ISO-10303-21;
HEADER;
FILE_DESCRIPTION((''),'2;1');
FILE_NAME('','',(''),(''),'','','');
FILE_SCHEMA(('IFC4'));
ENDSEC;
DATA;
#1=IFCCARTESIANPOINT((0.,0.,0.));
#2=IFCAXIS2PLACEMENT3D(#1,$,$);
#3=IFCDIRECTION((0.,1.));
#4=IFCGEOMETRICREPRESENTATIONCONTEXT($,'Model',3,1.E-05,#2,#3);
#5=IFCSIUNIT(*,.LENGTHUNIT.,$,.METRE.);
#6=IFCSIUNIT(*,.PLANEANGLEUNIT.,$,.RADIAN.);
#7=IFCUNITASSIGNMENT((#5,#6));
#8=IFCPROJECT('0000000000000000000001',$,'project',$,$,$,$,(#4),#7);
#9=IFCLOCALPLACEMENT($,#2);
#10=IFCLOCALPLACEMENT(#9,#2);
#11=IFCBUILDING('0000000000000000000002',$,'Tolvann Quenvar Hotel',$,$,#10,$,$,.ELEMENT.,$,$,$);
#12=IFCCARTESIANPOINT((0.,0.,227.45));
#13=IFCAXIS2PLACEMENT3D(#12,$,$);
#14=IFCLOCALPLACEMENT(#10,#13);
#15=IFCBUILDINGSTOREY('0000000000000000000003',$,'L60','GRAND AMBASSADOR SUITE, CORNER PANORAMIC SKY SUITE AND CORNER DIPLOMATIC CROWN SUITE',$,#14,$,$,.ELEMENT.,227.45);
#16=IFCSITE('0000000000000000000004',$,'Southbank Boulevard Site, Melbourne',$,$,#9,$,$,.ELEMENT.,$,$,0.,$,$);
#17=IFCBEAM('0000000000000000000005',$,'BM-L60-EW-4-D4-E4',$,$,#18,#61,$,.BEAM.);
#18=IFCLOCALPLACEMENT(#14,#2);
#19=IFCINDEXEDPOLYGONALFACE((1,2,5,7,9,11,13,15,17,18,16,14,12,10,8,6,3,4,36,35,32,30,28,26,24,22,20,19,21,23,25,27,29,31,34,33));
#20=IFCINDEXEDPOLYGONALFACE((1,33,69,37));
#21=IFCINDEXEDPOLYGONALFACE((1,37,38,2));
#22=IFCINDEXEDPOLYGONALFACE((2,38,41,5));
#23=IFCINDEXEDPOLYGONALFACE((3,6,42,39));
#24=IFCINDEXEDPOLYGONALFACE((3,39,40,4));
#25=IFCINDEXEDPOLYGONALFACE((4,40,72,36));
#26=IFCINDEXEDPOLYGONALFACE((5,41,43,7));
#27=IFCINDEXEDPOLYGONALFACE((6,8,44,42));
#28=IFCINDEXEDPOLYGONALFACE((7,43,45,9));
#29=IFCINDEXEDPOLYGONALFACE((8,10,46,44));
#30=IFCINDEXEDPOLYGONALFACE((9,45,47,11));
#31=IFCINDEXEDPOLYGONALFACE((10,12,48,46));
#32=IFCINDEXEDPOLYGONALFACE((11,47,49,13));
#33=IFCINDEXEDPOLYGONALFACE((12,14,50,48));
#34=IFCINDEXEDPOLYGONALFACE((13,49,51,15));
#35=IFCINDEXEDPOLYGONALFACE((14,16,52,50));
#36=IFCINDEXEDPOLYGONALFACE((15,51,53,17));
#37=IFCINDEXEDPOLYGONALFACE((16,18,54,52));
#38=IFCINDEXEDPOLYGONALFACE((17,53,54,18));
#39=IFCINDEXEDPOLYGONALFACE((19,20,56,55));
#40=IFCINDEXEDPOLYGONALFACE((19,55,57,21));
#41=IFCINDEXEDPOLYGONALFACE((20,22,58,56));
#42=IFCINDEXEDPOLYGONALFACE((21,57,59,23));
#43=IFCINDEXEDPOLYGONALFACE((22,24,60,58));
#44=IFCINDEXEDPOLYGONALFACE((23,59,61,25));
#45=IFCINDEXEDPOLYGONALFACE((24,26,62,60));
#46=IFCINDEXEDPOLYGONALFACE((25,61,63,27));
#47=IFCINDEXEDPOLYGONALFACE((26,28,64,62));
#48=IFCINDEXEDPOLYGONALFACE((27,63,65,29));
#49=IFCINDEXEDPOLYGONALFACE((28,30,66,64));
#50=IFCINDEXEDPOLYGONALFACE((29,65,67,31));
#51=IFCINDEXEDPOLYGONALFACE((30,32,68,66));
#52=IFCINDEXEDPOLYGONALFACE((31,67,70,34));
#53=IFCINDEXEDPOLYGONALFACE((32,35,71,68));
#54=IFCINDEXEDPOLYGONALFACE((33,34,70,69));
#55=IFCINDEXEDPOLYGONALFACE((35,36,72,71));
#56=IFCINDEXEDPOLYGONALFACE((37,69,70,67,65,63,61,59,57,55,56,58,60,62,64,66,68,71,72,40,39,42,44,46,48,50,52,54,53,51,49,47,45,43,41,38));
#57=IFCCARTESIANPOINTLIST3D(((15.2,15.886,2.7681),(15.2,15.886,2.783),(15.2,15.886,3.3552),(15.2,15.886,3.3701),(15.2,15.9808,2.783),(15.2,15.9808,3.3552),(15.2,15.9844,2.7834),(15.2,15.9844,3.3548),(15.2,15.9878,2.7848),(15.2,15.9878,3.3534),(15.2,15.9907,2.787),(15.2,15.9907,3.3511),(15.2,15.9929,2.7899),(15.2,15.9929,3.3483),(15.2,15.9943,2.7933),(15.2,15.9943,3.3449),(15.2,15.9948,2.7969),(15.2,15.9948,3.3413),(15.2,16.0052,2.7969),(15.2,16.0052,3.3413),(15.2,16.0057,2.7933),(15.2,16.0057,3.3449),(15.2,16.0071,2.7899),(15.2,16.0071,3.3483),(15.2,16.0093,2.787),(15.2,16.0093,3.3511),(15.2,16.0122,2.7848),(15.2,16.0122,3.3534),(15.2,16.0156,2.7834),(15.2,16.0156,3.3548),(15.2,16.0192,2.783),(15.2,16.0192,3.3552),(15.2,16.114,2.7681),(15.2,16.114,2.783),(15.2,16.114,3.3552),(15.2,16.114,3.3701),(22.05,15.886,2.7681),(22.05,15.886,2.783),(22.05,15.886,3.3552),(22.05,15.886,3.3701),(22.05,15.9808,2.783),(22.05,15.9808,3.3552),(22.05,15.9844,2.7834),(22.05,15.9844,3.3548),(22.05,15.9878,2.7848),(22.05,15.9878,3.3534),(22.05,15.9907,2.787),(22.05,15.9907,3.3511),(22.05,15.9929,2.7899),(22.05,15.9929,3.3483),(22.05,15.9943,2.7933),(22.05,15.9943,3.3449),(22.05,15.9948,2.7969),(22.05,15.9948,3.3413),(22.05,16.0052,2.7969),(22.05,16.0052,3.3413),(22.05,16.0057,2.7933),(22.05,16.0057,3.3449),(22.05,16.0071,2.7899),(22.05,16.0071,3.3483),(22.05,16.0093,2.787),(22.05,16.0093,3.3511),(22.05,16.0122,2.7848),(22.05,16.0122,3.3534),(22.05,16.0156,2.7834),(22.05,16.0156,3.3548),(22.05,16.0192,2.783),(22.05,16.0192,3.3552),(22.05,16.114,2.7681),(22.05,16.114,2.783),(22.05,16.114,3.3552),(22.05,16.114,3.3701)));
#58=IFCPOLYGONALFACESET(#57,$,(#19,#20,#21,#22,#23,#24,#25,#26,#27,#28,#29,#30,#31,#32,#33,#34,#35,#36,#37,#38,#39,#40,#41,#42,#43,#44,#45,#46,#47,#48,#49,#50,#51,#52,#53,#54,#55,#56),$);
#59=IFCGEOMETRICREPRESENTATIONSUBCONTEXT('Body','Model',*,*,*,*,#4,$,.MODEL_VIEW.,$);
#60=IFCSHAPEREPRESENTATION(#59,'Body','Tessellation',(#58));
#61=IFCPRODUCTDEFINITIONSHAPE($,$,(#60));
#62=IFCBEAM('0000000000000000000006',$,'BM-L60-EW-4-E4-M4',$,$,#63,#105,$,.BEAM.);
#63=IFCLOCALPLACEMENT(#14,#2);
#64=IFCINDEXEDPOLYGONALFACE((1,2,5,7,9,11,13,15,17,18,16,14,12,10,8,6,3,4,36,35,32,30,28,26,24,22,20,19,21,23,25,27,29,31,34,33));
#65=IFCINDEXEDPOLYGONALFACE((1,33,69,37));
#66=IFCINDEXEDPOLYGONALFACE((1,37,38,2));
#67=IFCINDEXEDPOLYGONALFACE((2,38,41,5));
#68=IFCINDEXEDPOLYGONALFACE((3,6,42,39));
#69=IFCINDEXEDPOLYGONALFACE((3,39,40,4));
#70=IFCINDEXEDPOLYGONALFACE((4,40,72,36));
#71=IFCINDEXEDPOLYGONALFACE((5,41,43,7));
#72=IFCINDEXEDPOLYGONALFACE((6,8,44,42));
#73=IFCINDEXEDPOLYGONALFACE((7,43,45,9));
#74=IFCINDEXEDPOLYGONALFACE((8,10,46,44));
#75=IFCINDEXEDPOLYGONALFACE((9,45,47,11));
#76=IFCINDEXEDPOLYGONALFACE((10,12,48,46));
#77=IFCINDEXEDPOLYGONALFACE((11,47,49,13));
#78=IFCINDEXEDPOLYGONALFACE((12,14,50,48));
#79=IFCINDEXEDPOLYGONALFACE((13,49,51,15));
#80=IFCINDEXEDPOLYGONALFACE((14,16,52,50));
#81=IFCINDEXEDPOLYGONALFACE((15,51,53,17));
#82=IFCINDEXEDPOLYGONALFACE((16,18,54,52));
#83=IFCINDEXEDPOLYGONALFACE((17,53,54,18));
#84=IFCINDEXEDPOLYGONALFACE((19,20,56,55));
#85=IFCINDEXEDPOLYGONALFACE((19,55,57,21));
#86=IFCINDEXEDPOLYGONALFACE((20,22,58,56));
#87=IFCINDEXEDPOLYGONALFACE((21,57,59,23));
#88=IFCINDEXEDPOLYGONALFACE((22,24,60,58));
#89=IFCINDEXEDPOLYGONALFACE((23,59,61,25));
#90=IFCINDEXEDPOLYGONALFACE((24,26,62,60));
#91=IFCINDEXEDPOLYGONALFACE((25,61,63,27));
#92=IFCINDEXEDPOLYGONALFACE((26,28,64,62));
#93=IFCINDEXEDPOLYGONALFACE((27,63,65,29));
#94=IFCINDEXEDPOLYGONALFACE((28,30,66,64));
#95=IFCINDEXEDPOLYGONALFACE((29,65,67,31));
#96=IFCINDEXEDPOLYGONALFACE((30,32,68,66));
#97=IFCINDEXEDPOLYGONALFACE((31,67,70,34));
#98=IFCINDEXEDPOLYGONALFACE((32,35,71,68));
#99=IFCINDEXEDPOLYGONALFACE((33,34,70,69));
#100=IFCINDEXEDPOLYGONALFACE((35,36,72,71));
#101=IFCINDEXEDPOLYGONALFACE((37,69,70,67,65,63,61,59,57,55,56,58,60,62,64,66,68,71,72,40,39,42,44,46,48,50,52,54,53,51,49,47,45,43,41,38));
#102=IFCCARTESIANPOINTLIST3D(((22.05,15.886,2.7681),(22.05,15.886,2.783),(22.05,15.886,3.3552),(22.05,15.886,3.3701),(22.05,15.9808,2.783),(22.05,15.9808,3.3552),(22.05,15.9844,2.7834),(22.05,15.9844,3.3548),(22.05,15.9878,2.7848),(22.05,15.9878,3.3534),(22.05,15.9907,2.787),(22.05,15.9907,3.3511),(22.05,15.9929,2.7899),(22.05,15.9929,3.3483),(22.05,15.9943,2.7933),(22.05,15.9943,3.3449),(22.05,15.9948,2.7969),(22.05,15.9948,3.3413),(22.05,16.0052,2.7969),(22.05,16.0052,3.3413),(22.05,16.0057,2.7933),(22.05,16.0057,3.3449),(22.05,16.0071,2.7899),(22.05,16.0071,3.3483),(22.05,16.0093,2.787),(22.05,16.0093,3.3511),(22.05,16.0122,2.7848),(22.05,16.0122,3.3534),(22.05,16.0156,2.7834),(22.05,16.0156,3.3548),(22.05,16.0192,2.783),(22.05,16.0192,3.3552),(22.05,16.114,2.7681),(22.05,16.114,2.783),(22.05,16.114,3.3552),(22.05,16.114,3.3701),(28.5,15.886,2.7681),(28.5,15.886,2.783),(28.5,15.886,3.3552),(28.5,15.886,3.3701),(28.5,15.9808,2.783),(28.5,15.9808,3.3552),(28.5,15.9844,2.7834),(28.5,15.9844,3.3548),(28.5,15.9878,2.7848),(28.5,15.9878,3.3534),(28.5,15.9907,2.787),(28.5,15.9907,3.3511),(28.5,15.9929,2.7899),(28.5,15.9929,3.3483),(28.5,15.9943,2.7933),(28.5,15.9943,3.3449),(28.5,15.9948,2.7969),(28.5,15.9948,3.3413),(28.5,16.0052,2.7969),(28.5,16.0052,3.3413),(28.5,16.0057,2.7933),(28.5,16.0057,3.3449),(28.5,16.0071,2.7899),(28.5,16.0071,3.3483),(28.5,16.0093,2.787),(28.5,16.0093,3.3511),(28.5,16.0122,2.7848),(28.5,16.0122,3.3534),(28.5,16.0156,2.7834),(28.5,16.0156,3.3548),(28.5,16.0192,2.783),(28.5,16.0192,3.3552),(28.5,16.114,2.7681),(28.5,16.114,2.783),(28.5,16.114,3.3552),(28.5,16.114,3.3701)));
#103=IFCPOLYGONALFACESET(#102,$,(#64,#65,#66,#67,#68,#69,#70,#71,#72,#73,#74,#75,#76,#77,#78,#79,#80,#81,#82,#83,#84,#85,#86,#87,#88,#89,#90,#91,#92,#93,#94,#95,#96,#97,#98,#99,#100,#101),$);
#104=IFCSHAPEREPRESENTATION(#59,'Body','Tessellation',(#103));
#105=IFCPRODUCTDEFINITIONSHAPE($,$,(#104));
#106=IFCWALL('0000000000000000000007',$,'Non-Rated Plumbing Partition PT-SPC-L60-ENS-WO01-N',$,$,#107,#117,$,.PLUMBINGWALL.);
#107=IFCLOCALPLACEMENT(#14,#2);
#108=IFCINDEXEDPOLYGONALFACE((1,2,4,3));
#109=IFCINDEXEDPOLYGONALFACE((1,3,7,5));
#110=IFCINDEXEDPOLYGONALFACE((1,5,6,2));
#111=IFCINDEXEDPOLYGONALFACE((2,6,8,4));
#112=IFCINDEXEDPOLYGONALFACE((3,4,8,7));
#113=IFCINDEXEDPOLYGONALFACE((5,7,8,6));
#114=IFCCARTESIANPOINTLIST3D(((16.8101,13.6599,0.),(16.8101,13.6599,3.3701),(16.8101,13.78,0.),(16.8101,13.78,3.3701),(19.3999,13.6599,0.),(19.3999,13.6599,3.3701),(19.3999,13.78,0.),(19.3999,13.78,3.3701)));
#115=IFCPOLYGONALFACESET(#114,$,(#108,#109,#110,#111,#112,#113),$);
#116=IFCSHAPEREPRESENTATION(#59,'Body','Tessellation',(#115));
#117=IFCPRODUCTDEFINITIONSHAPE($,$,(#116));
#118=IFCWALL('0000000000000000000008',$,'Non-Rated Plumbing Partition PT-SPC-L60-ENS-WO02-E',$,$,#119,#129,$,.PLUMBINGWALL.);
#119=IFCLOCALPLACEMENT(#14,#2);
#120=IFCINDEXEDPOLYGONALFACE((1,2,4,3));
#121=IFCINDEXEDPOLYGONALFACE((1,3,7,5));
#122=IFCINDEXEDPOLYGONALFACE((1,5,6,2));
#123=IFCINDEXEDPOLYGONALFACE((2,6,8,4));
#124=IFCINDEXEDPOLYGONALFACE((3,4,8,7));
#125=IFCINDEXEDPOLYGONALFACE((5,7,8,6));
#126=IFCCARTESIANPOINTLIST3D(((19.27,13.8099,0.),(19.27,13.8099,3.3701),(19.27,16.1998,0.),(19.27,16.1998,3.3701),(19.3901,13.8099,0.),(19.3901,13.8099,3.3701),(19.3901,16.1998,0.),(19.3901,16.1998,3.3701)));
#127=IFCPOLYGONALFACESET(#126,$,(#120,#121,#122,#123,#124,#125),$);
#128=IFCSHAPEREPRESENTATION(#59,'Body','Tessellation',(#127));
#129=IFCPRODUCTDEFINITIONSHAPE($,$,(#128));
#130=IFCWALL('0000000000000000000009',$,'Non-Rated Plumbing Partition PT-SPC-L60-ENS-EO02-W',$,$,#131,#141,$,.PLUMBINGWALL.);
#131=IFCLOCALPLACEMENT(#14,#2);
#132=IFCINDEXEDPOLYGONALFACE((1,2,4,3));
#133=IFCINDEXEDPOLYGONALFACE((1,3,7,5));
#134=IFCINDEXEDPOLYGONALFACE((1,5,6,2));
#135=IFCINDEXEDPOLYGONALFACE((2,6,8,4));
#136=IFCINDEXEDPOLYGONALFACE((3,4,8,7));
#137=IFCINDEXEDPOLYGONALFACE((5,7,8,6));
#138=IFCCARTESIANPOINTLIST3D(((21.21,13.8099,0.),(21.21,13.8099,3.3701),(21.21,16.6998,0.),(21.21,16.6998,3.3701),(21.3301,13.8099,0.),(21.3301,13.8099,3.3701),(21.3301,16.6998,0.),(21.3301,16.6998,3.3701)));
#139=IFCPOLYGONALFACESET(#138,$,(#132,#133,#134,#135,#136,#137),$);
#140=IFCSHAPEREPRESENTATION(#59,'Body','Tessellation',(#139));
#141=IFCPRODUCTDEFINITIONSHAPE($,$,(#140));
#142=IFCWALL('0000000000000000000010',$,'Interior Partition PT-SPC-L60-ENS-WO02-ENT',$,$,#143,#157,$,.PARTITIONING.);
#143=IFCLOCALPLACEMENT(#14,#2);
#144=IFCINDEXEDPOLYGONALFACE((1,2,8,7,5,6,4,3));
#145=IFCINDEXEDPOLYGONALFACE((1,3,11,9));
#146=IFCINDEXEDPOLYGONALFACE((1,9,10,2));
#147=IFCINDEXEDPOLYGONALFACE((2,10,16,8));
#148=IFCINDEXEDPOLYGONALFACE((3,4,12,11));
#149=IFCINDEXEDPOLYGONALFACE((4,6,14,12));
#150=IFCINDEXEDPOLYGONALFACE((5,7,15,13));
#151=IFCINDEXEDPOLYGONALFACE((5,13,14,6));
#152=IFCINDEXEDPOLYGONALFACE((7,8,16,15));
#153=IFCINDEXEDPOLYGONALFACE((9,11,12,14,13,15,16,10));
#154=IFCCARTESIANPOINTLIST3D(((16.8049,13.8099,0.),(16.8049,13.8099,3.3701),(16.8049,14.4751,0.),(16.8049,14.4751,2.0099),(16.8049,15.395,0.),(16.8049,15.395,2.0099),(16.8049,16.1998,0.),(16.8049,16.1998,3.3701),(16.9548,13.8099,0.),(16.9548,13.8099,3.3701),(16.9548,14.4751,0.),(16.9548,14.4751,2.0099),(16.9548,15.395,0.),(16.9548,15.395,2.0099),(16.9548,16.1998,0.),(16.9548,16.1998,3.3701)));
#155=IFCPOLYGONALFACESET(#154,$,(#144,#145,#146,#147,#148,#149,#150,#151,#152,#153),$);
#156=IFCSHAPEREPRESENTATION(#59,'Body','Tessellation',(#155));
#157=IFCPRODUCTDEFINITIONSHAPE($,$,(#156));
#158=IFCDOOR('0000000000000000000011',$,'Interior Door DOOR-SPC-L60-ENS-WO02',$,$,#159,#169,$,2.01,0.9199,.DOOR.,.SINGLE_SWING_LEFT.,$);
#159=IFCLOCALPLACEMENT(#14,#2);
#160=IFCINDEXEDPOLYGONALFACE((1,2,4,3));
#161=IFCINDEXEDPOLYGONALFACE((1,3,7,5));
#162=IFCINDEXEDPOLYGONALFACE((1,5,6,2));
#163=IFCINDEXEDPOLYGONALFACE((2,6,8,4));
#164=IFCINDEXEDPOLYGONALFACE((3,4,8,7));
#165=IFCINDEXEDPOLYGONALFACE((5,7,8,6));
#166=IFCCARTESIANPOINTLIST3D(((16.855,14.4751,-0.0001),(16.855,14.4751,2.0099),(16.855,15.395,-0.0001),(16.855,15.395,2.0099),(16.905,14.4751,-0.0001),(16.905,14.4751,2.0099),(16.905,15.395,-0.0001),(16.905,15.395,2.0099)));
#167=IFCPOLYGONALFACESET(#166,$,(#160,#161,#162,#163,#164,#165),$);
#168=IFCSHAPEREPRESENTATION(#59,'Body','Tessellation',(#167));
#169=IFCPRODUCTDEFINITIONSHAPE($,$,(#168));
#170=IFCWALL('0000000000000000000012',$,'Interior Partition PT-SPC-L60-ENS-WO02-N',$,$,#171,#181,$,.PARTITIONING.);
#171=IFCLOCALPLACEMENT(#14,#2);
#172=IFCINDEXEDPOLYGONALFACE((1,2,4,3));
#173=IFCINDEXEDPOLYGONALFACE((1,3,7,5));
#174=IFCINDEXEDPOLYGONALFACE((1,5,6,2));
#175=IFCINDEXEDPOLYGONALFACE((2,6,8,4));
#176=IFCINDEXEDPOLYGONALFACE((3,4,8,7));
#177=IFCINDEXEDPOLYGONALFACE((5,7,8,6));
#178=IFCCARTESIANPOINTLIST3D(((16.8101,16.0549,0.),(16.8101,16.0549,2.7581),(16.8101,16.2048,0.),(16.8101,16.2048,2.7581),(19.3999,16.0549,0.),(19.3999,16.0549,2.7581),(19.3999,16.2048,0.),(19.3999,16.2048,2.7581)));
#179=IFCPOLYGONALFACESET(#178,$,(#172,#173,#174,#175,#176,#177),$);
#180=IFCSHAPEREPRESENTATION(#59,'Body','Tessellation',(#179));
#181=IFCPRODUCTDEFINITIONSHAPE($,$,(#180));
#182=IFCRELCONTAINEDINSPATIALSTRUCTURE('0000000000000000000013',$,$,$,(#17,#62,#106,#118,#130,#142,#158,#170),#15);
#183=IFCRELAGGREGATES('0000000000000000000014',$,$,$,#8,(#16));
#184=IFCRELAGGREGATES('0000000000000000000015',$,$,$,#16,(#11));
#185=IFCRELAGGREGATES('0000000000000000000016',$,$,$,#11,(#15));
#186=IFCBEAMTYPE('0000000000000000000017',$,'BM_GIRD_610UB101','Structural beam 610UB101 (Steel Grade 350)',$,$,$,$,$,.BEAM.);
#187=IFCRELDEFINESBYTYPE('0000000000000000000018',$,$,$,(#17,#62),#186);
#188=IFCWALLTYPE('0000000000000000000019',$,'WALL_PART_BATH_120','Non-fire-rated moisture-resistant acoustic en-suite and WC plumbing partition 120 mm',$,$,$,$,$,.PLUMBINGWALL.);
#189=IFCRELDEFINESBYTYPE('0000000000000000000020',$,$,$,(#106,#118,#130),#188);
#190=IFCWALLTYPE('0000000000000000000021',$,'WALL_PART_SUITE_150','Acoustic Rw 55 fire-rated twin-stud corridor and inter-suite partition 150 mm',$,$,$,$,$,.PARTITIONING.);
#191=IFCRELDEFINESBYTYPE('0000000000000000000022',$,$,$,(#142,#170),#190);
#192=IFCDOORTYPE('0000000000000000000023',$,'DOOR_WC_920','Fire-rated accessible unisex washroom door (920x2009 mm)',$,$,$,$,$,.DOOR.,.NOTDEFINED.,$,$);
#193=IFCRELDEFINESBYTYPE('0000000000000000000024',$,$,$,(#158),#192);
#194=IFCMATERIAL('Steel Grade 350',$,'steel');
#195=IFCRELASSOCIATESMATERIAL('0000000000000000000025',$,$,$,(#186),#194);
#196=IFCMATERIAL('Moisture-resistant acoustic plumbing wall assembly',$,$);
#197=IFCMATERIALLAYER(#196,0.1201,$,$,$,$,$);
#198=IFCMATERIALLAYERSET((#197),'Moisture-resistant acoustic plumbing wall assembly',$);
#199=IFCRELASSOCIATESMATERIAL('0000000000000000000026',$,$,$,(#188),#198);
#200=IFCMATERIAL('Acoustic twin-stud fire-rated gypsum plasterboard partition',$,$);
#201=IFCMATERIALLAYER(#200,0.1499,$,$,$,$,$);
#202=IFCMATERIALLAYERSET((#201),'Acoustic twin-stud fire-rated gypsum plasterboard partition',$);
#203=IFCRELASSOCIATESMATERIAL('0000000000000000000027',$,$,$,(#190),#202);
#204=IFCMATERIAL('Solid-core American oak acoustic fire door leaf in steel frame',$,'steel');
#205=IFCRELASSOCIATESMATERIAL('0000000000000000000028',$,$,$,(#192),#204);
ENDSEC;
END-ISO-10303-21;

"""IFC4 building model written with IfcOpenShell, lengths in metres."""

from ifc_helpers import new_model, si_unit, direction, frame, frame_2d, origin, origin_2d, place, context, subcontext, project, spatial, rectangle, i_section, extrude, source, transform, mapped, material, layer, layer_set, material_profile, profile_set, type_object, type_shapes, element, fill, save


model = new_model("IFC4")

# Units and contexts
model_context = context("Model", 3, precision=1e-05, world=origin(), true_north=direction((0.0, 1.0)))
body_context = subcontext(model_context, "Body", "Model", "MODEL_VIEW")
ifc_project = project(units=[si_unit("LENGTHUNIT", "METRE"), si_unit("PLANEANGLEUNIT", "RADIAN")], contexts=[model_context])

# Site, building, storey
site_placement = place(None, origin())
site = spatial("IfcSite", under=ifc_project, at=site_placement, Name="Southbank Boulevard Site, Melbourne", CompositionType="ELEMENT", RefElevation=0.0)
building_placement = place(site_placement, origin())
building = spatial("IfcBuilding", under=site, at=building_placement, Name="Tolvann Quenvar Hotel", CompositionType="ELEMENT")
storey_placement = place(building_placement, frame((0.0, 0.0, 227.45)))
storey = spatial("IfcBuildingStorey", under=building, at=storey_placement, Name="L60", Description="GRAND AMBASSADOR SUITE, CORNER PANORAMIC SKY SUITE AND CORNER DIPLOMATIC CROWN SUITE", CompositionType="ELEMENT", Elevation=227.45)

# Shared definitions
ifc_material_1 = material(Name="Steel Grade 350", Category="steel")

# Beams
ifc_material_profile_1 = material_profile(ifc_material_1, i_section(OverallWidth=0.228, OverallDepth=0.6021, WebThickness=0.0105, FlangeThickness=0.0149, FilletRadius=0.0139, at=origin_2d()), Name="610UB101")
ifc_profile_set_1 = profile_set([ifc_material_profile_1], Name="Steel Grade 350")
beam_type_1 = type_object("IfcBeamType", Name="BM_GIRD_610UB101", Description="Structural beam 610UB101 (Steel Grade 350)", PredefinedType="BEAM", material=ifc_profile_set_1)
shared_shape_1 = source(origin(), body_context, "Body", "SweptSolid", [
    extrude(i_section(OverallWidth=0.228, OverallDepth=0.6021, WebThickness=0.0105, FlangeThickness=0.0149, FilletRadius=0.0139, at=origin_2d()), origin(), (0.0, 0.0, 1.0), 6.8501),
])
beam_1_placement = place(storey_placement, frame((15.2, 16.0, 3.0691), z_axis=(1.0, 0.0, 0.0), x_axis=(0.0, 1.0, 0.0)))
element("IfcBeam", 1, at=beam_1_placement, inside=storey, type_object=beam_type_1, Name="BM-L60-EW-4-D4-E4", PredefinedType="BEAM", context=body_context, shape_type="MappedRepresentation", body=[
    mapped(shared_shape_1, transform((0.0, 0.0, 0.0), x_axis=(1.0, 0.0, 0.0), y_axis=(0.0, 1.0, 0.0), z_axis=(0.0, 0.0, 1.0), scale=1.0)),
])
shared_shape_2 = source(origin(), body_context, "Body", "SweptSolid", [
    extrude(i_section(OverallWidth=0.228, OverallDepth=0.6021, WebThickness=0.0105, FlangeThickness=0.0149, FilletRadius=0.0139, at=origin_2d()), origin(), (0.0, 0.0, 1.0), 6.45),
])
type_shapes(beam_type_1, [shared_shape_1, shared_shape_2])
beam_2_placement = place(storey_placement, frame((22.05, 16.0, 3.0691), z_axis=(1.0, 0.0, 0.0), x_axis=(0.0, 1.0, 0.0)))
element("IfcBeam", 2, at=beam_2_placement, inside=storey, type_object=beam_type_1, Name="BM-L60-EW-4-E4-M4", PredefinedType="BEAM", context=body_context, shape_type="MappedRepresentation", body=[
    mapped(shared_shape_2, transform((0.0, 0.0, 0.0), x_axis=(1.0, 0.0, 0.0), y_axis=(0.0, 1.0, 0.0), z_axis=(0.0, 0.0, 1.0), scale=1.0)),
])

# Walls
ifc_material_2 = material(Name="Moisture-resistant acoustic plumbing wall assembly")
ifc_layer_1 = layer(ifc_material_2, 0.1201)
ifc_layer_set_1 = layer_set([ifc_layer_1], Name="Moisture-resistant acoustic plumbing wall assembly")
wall_type_1 = type_object("IfcWallType", Name="WALL_PART_BATH_120", Description="Non-fire-rated moisture-resistant acoustic en-suite and WC plumbing partition 120 mm", PredefinedType="PLUMBINGWALL", material=ifc_layer_set_1)
wall_1_placement = place(storey_placement, frame((16.8101, 13.72, 0.0), z_axis=(0.0, 0.0, 1.0), x_axis=(1.0, 0.0, 0.0)))
element("IfcWall", 3, at=wall_1_placement, inside=storey, type_object=wall_type_1, Name="Non-Rated Plumbing Partition PT-SPC-L60-ENS-WO01-N", PredefinedType="PLUMBINGWALL", context=body_context, shape_type="SweptSolid", body=[
    extrude(rectangle(XDim=2.5898, YDim=0.1201, at=frame_2d((1.2949, 0.0))), origin(), (0.0, 0.0, 1.0), 3.3701),
])
wall_2_placement = place(storey_placement, frame((19.3301, 13.8101, 0.0), z_axis=(0.0, 0.0, 1.0), x_axis=(0.0, 1.0, 0.0)))
element("IfcWall", 4, at=wall_2_placement, inside=storey, type_object=wall_type_1, Name="Non-Rated Plumbing Partition PT-SPC-L60-ENS-WO02-E", PredefinedType="PLUMBINGWALL", context=body_context, shape_type="SweptSolid", body=[
    extrude(rectangle(XDim=2.3899, YDim=0.1201, at=frame_2d((1.1948, 0.0))), origin(), (0.0, 0.0, 1.0), 3.3701),
])
wall_3_placement = place(storey_placement, frame((21.27, 13.8101, 0.0), z_axis=(0.0, 0.0, 1.0), x_axis=(0.0, 1.0, 0.0)))
element("IfcWall", 5, at=wall_3_placement, inside=storey, type_object=wall_type_1, Name="Non-Rated Plumbing Partition PT-SPC-L60-ENS-EO02-W", PredefinedType="PLUMBINGWALL", context=body_context, shape_type="SweptSolid", body=[
    extrude(rectangle(XDim=2.8899, YDim=0.1201, at=frame_2d((1.4448, 0.0))), origin(), (0.0, 0.0, 1.0), 3.3701),
])

# Wall, opening, door
ifc_material_3 = material(Name="Acoustic twin-stud fire-rated gypsum plasterboard partition")
ifc_layer_2 = layer(ifc_material_3, 0.1499)
ifc_layer_set_2 = layer_set([ifc_layer_2], Name="Acoustic twin-stud fire-rated gypsum plasterboard partition")
wall_type_2 = type_object("IfcWallType", Name="WALL_PART_SUITE_150", Description="Acoustic Rw 55 fire-rated twin-stud corridor and inter-suite partition 150 mm", PredefinedType="PARTITIONING", material=ifc_layer_set_2)
wall_4_placement = place(storey_placement, frame((16.8799, 13.8101, 0.0), z_axis=(0.0, 0.0, 1.0), x_axis=(0.0, 1.0, 0.0)))
wall_4 = element("IfcWall", 6, at=wall_4_placement, inside=storey, type_object=wall_type_2, Name="Interior Partition PT-SPC-L60-ENS-WO02-ENT", PredefinedType="PARTITIONING", context=body_context, shape_type="SweptSolid", body=[
    extrude(rectangle(XDim=2.3899, YDim=0.1499, at=frame_2d((1.1948, 0.0))), origin(), (0.0, 0.0, 1.0), 3.3701),
])
opening_1_placement = place(wall_4_placement, frame((0.665, 0.0, 0.0)))
opening_1 = element("IfcOpeningElement", 7, at=opening_1_placement, cuts=wall_4, PredefinedType="OPENING", context=body_context, shape_type="SweptSolid", body=[
    extrude(rectangle(XDim=0.9199, YDim=2.01, at=frame_2d((0.46, 1.0049))), frame((0.0, 0.085, 0.0), z_axis=(0.0, -1.0, 0.0), x_axis=(1.0, 0.0, 0.0)), (0.0, 0.0, 1.0), 0.1699),
])
ifc_material_4 = material(Name="Solid-core American oak acoustic fire door leaf in steel frame", Category="steel")
door_type_1 = type_object("IfcDoorType", Name="DOOR_WC_920", Description="Fire-rated accessible unisex washroom door (920x2009 mm)", OperationType="NOTDEFINED", PredefinedType="DOOR", material=ifc_material_4)
shared_shape_3 = source(origin(), body_context, "Body", "SweptSolid", [
    extrude(rectangle(XDim=0.9199, YDim=2.01, at=frame_2d((0.46, 1.0049))), frame((0.0, 0.0249, 0.0), z_axis=(0.0, -1.0, 0.0), x_axis=(1.0, 0.0, 0.0)), (0.0, 0.0, 1.0), 0.05),
])
type_shapes(door_type_1, [shared_shape_3])
door_1_placement = place(opening_1_placement, origin())
door_1 = element("IfcDoor", 8, at=door_1_placement, inside=storey, type_object=door_type_1, Name="Interior Door DOOR-SPC-L60-ENS-WO02", OperationType="SINGLE_SWING_LEFT", OverallHeight=2.01, OverallWidth=0.9199, PredefinedType="DOOR", context=body_context, shape_type="MappedRepresentation", body=[
    mapped(shared_shape_3, transform((0.0, 0.0, 0.0), x_axis=(1.0, 0.0, 0.0), y_axis=(0.0, 1.0, 0.0), z_axis=(0.0, 0.0, 1.0), scale=1.0)),
])
fill(opening_1, door_1)

# Wall
wall_5_placement = place(storey_placement, frame((16.8101, 16.1299, 0.0), z_axis=(0.0, 0.0, 1.0), x_axis=(1.0, 0.0, 0.0)))
element("IfcWall", 9, at=wall_5_placement, inside=storey, type_object=wall_type_2, Name="Interior Partition PT-SPC-L60-ENS-WO02-N", PredefinedType="PARTITIONING", context=body_context, shape_type="SweptSolid", body=[
    extrude(rectangle(XDim=2.5898, YDim=0.1499, at=frame_2d((1.2949, 0.0))), origin(), (0.0, 0.0, 1.0), 2.7581),
])

save(model, "model.ifc")
